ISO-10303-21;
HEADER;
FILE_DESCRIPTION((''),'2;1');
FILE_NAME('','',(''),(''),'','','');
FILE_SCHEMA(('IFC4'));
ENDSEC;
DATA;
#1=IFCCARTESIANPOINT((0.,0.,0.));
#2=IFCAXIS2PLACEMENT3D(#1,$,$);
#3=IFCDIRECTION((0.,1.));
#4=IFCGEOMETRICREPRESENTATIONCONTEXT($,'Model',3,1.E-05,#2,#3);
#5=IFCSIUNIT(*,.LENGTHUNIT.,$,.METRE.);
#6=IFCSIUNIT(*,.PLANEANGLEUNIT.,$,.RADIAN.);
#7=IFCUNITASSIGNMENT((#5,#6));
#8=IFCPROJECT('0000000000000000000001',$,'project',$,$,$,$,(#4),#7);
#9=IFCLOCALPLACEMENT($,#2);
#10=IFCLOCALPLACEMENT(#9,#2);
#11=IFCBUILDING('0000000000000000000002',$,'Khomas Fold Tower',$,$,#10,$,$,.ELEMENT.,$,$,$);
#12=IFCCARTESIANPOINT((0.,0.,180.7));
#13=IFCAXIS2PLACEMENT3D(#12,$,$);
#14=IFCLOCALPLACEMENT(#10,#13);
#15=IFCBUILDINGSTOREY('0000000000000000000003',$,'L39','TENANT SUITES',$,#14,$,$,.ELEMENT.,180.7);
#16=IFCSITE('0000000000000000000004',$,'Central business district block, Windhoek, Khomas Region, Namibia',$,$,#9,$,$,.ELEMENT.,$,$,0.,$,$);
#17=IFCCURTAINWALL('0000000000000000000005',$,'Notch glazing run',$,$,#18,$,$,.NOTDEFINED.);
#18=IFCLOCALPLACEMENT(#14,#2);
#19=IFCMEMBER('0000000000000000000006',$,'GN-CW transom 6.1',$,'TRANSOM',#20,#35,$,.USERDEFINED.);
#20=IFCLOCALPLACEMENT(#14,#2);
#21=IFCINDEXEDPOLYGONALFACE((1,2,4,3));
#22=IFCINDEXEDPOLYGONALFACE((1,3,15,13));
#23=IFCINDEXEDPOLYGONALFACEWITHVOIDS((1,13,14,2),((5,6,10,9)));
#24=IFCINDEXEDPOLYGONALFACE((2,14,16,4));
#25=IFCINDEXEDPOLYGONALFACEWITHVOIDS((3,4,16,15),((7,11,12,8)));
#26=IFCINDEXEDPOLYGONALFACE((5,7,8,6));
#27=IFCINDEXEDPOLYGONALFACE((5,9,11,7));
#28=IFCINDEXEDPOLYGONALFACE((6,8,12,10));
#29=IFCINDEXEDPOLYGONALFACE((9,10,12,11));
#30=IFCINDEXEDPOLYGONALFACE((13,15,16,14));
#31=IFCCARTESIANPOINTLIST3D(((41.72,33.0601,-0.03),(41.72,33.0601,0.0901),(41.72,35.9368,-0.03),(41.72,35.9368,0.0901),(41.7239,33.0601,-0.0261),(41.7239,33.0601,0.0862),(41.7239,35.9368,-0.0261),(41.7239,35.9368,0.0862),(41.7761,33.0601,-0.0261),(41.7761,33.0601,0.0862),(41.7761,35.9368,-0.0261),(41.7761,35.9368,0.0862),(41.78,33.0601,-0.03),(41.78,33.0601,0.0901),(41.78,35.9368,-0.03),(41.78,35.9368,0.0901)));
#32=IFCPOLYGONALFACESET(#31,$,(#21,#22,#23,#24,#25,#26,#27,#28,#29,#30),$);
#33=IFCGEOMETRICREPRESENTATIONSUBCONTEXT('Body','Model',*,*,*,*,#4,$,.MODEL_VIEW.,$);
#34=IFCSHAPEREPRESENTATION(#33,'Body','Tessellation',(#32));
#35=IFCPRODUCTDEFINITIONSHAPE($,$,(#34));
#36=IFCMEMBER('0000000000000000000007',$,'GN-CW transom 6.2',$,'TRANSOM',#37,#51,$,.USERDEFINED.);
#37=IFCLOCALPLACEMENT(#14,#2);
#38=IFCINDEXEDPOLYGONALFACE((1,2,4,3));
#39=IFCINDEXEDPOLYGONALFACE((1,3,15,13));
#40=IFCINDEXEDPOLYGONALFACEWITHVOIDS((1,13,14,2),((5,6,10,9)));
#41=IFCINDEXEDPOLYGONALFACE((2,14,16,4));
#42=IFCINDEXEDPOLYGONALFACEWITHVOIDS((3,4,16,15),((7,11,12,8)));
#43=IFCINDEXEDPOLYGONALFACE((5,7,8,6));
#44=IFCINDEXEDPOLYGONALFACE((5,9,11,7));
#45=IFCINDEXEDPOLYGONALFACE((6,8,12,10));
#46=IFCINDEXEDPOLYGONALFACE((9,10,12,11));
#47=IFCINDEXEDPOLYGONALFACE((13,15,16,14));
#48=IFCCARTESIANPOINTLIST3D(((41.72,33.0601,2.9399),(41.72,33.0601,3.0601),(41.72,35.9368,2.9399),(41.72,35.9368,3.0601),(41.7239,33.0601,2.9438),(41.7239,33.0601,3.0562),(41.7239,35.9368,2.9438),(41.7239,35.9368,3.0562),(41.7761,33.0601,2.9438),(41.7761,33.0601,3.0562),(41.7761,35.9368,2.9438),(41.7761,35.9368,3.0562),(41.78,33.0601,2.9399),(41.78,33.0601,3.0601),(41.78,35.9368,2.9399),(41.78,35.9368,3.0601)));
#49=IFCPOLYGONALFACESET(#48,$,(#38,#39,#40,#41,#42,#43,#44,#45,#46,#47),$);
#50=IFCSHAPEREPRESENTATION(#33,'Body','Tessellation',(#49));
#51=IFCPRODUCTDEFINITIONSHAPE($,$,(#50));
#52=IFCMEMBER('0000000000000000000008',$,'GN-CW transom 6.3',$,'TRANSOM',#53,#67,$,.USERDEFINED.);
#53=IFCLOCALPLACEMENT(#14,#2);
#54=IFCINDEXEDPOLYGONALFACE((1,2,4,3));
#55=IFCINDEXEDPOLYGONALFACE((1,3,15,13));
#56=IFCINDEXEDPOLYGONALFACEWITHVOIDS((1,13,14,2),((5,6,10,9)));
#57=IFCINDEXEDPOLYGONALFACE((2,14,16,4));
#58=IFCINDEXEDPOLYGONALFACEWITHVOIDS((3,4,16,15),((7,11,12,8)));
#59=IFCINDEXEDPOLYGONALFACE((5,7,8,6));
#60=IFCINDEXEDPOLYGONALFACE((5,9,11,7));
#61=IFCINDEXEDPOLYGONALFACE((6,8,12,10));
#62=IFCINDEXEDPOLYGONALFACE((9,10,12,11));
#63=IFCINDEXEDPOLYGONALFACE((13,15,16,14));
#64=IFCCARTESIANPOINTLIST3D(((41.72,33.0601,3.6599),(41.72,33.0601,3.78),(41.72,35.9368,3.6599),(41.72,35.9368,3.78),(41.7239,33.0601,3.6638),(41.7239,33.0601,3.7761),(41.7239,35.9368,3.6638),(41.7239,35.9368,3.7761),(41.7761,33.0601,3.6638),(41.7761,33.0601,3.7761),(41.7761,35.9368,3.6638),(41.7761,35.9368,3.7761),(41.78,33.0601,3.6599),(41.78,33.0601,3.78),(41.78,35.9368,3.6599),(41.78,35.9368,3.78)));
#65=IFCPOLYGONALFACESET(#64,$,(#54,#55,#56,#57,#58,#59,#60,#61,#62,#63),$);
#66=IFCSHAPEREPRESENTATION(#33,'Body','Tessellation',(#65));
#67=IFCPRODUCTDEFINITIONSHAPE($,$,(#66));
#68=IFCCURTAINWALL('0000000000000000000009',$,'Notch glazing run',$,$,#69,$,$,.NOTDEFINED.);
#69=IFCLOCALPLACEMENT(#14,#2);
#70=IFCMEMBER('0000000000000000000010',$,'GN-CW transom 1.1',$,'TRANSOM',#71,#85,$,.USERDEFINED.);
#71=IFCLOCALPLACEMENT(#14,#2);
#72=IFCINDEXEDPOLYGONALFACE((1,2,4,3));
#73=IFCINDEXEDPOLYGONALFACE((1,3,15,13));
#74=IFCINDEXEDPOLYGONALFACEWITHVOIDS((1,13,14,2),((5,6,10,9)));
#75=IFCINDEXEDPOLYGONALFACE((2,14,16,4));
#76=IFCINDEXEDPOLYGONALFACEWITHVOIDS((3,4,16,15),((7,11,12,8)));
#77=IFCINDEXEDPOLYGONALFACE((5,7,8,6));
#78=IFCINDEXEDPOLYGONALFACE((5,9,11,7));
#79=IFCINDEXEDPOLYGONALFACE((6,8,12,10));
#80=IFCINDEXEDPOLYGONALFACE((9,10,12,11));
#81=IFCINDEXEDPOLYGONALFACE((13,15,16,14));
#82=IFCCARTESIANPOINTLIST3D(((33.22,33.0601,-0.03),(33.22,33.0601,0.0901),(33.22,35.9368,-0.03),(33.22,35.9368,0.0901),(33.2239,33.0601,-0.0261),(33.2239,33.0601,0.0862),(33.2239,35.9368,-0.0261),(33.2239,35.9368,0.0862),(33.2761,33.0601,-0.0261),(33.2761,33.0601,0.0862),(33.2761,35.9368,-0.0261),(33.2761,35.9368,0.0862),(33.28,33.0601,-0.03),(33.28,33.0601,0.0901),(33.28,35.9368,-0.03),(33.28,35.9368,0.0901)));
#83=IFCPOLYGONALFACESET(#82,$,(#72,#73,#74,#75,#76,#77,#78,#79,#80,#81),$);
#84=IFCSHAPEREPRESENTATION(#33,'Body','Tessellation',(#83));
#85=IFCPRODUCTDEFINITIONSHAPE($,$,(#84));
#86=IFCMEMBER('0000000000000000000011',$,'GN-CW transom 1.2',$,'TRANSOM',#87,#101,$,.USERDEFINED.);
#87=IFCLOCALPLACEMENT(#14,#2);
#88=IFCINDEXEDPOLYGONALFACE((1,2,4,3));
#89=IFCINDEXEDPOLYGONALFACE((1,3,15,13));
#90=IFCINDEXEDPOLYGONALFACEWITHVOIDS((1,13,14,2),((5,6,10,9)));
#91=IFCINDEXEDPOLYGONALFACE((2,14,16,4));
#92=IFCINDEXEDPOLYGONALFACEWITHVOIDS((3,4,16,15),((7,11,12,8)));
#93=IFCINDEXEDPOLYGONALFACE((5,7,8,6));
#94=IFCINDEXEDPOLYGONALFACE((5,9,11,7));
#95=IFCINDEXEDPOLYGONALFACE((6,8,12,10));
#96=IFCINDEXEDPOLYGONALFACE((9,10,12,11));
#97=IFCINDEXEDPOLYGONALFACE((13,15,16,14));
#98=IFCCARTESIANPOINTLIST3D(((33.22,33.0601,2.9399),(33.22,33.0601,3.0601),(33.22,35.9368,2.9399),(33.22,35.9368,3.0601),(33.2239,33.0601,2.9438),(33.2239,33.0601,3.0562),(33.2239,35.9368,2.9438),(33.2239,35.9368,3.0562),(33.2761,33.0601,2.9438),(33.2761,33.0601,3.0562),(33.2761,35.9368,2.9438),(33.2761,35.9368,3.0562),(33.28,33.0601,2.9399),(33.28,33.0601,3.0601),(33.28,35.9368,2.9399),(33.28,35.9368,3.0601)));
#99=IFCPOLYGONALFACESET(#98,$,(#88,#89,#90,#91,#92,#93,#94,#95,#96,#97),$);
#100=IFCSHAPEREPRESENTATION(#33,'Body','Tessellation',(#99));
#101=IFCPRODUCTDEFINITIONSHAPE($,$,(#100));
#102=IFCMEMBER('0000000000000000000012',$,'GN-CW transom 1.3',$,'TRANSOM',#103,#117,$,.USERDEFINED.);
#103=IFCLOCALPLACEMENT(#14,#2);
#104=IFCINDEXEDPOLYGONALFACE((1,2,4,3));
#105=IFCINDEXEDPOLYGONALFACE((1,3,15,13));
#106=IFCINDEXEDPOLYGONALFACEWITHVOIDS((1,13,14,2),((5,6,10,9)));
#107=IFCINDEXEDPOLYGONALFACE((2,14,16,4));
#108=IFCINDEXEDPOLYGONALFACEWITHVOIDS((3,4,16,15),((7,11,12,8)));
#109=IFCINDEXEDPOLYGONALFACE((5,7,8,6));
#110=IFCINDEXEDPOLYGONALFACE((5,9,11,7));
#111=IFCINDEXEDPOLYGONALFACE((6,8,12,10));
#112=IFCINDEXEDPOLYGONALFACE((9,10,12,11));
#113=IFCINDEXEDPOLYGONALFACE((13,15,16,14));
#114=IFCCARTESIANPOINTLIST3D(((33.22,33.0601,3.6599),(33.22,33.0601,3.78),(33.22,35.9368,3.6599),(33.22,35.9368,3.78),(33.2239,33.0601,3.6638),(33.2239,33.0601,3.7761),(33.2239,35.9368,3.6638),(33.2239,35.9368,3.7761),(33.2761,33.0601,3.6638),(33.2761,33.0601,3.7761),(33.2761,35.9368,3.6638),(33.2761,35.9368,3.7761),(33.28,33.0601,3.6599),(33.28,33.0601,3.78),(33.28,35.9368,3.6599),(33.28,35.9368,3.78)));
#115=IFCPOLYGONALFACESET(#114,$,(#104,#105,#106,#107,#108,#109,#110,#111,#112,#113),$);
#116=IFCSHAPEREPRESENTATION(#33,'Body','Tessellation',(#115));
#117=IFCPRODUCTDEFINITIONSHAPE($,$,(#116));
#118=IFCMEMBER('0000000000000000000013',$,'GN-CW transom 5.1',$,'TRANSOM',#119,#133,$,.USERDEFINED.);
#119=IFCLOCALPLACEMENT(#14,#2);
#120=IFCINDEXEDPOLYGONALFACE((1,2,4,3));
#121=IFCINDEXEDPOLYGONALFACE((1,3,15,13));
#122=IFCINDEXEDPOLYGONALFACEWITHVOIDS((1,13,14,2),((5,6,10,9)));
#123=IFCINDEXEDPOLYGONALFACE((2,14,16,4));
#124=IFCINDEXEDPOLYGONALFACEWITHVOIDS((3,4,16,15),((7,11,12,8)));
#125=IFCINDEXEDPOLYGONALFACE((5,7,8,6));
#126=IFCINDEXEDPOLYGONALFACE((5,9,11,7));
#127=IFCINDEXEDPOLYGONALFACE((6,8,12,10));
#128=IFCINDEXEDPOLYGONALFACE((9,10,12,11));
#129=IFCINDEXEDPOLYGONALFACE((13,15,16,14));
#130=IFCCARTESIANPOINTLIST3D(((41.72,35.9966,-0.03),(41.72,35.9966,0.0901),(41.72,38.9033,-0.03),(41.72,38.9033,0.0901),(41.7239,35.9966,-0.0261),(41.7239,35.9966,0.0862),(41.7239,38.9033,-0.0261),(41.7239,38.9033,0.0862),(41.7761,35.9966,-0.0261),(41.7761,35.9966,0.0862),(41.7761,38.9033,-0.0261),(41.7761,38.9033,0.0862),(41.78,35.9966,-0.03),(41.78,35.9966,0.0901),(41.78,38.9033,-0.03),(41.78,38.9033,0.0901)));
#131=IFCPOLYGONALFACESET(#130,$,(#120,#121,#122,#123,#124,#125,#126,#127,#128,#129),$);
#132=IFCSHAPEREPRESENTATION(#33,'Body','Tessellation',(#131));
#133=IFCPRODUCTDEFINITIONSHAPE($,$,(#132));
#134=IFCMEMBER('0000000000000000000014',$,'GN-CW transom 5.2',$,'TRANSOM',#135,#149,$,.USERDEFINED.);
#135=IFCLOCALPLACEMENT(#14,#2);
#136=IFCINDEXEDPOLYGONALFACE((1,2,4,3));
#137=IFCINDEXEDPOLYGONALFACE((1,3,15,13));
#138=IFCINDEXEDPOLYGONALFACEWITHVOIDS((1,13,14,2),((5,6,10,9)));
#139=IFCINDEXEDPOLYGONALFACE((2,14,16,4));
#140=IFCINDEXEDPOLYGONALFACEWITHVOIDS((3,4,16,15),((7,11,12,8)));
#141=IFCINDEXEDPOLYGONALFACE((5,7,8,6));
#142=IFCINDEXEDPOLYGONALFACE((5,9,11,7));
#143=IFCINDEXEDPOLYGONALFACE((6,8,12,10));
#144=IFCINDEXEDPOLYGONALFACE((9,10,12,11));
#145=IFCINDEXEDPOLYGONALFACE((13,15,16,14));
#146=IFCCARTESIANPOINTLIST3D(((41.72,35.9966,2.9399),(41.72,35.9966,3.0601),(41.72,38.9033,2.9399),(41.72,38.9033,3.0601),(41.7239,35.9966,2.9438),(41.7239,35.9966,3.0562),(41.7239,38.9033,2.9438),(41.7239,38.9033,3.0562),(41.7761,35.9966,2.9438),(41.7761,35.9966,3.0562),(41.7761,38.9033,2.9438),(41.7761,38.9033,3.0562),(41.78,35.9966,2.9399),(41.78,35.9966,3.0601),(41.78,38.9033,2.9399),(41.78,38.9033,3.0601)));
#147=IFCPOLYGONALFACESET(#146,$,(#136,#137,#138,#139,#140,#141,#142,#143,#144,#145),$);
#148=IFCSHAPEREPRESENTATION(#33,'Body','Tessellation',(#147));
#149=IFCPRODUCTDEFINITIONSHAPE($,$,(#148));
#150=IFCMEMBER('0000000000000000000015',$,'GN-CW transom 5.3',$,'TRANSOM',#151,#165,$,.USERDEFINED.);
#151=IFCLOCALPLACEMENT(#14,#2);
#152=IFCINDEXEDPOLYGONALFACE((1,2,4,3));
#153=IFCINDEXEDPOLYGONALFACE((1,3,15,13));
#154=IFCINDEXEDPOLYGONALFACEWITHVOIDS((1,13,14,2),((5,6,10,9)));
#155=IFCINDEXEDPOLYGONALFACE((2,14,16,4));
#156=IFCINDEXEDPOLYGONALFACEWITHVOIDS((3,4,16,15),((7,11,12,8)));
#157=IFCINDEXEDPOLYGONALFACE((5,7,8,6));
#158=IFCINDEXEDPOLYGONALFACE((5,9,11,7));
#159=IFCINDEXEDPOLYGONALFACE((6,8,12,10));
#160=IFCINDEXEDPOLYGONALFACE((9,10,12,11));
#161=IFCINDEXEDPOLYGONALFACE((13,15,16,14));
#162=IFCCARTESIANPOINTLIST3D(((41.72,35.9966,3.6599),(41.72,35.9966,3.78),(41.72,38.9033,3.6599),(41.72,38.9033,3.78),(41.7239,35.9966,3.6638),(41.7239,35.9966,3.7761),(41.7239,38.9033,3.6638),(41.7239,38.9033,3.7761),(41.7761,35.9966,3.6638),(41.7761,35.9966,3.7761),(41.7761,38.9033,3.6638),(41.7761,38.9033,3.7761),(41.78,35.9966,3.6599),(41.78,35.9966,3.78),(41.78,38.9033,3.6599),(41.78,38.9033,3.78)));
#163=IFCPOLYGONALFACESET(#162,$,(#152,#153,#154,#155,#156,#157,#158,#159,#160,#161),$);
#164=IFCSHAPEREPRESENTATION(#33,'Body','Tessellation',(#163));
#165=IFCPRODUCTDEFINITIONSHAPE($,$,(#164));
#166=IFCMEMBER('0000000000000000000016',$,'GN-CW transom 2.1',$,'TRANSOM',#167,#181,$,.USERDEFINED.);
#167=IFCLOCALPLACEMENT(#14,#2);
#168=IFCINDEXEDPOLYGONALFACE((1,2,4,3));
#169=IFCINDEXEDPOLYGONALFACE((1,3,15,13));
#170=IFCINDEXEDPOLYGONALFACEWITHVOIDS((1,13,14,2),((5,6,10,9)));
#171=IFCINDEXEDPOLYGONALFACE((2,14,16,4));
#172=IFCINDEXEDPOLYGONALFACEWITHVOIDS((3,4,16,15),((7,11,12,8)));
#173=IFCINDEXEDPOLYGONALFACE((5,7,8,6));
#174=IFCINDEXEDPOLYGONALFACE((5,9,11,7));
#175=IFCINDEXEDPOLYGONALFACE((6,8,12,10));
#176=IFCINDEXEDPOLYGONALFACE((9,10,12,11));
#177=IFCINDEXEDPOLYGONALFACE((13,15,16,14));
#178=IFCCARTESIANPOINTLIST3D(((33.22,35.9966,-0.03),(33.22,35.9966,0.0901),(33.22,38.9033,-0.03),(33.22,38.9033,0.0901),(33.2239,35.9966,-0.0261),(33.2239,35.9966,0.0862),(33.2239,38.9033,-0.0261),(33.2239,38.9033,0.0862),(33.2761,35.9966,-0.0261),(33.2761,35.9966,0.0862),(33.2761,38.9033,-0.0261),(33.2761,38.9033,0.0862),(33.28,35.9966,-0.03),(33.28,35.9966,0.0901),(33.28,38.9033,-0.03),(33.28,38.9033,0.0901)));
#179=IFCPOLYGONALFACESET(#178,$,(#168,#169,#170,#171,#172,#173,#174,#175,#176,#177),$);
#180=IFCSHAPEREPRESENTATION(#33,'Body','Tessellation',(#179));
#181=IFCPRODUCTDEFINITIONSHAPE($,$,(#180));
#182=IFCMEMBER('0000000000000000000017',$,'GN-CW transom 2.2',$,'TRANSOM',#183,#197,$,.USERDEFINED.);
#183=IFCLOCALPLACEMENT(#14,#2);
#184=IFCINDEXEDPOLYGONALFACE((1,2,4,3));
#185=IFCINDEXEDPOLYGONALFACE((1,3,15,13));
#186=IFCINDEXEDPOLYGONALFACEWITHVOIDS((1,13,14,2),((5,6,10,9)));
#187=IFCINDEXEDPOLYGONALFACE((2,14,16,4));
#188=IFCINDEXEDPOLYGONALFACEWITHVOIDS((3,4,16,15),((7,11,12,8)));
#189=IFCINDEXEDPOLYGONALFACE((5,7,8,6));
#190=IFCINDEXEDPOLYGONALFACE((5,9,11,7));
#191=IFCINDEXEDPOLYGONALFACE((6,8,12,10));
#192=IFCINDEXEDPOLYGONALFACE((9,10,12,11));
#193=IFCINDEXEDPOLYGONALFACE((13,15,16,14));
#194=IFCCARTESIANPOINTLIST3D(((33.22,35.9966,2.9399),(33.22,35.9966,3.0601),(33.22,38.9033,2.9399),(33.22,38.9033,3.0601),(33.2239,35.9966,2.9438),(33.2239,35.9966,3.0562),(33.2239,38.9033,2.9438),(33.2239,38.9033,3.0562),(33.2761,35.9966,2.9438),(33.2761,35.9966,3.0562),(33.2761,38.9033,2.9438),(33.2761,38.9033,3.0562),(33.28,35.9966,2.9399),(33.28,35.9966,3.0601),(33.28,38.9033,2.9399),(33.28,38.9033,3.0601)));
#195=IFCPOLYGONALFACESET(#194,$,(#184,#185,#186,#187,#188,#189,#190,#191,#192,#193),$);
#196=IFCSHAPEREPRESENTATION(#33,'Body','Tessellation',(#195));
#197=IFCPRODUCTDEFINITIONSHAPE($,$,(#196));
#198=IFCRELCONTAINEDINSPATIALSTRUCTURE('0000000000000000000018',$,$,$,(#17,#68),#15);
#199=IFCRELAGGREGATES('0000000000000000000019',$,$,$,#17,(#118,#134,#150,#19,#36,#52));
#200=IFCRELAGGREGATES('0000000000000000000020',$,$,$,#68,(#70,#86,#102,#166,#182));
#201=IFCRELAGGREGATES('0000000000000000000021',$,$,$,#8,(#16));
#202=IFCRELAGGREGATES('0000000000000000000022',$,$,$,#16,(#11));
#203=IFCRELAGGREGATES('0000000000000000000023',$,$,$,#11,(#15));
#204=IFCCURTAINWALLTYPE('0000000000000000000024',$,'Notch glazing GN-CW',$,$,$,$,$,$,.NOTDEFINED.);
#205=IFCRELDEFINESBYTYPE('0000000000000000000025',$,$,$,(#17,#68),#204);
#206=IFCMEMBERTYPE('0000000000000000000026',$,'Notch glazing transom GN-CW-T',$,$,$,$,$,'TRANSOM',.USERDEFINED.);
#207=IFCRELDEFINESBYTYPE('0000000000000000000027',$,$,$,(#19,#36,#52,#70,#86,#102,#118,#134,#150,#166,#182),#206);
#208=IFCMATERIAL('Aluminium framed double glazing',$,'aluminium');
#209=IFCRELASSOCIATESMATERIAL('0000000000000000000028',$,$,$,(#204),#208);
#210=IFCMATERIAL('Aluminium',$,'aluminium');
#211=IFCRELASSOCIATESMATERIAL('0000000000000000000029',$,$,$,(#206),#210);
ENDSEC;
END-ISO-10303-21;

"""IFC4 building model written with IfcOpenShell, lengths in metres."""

from ifc_helpers import new_model, si_unit, direction, frame, origin, origin_2d, place, context, subcontext, project, spatial, hollow_rectangle, extrude, source, transform, mapped, material, material_profile, profile_set, type_object, element, aggregate, save


model = new_model("IFC4")

# Units and contexts
model_context = context("Model", 3, precision=1e-05, world=origin(), true_north=direction((0.0, 1.0)))
body_context = subcontext(model_context, "Body", "Model", "MODEL_VIEW")
ifc_project = project(units=[si_unit("LENGTHUNIT", "METRE"), si_unit("PLANEANGLEUNIT", "RADIAN")], contexts=[model_context])

# Site, building, storey
site_placement = place(None, origin())
site = spatial("IfcSite", under=ifc_project, at=site_placement, Name="Central business district block, Windhoek, Khomas Region, Namibia", CompositionType="ELEMENT", RefElevation=0.0)
building_placement = place(site_placement, origin())
building = spatial("IfcBuilding", under=site, at=building_placement, Name="Khomas Fold Tower", CompositionType="ELEMENT")
storey_placement = place(building_placement, frame((0.0, 0.0, 180.7)))
storey = spatial("IfcBuildingStorey", under=building, at=storey_placement, Name="L39", Description="TENANT SUITES", CompositionType="ELEMENT", Elevation=180.7)

# Curtain walls, members
ifc_material_1 = material(Name="Aluminium framed double glazing", Category="aluminium")
curtain_wall_type = type_object("IfcCurtainWallType", Name="Notch glazing GN-CW", PredefinedType="NOTDEFINED", material=ifc_material_1)
curtain_wall_1_placement = place(storey_placement, origin())
curtain_wall_1 = element("IfcCurtainWall", 1, at=curtain_wall_1_placement, inside=storey, type_object=curtain_wall_type, Name="Notch glazing run", PredefinedType="NOTDEFINED")
ifc_material_2 = material(Name="Aluminium", Category="aluminium")
ifc_material_profile_1 = material_profile(ifc_material_2, hollow_rectangle(XDim=0.0601, YDim=0.1201, WallThickness=0.0039, at=origin_2d()), Name="Notch glazing transom GN-CW-T")
ifc_profile_set_1 = profile_set([ifc_material_profile_1], Name="Aluminium")
member_type_1 = type_object("IfcMemberType", Name="Notch glazing transom GN-CW-T", ElementType="TRANSOM", PredefinedType="USERDEFINED", material=ifc_profile_set_1)
shared_shape_1 = source(origin(), body_context, "Body", "SweptSolid", [
    extrude(hollow_rectangle(XDim=0.0601, YDim=0.1201, WallThickness=0.0039, at=origin_2d()), origin(), (0.0, 0.0, 1.0), 2.8767),
])
member_1_placement = place(storey_placement, frame((41.75, 35.9368, 0.03), z_axis=(0.0, -1.0, 0.0), x_axis=(1.0, 0.0, 0.0)))
member_1 = element("IfcMember", 2, at=member_1_placement, type_object=member_type_1, Name="GN-CW transom 6.1", ObjectType="TRANSOM", PredefinedType="USERDEFINED", context=body_context, shape_type="MappedRepresentation", body=[
    mapped(shared_shape_1, transform((0.0, 0.0, 0.0))),
])
member_2_placement = place(storey_placement, frame((41.75, 35.9368, 3.0), z_axis=(0.0, -1.0, 0.0), x_axis=(1.0, 0.0, 0.0)))
member_2 = element("IfcMember", 3, at=member_2_placement, type_object=member_type_1, Name="GN-CW transom 6.2", ObjectType="TRANSOM", PredefinedType="USERDEFINED", context=body_context, shape_type="MappedRepresentation", body=[
    mapped(shared_shape_1, transform((0.0, 0.0, 0.0))),
])
member_3_placement = place(storey_placement, frame((41.75, 35.9368, 3.72), z_axis=(0.0, -1.0, 0.0), x_axis=(1.0, 0.0, 0.0)))
member_3 = element("IfcMember", 4, at=member_3_placement, type_object=member_type_1, Name="GN-CW transom 6.3", ObjectType="TRANSOM", PredefinedType="USERDEFINED", context=body_context, shape_type="MappedRepresentation", body=[
    mapped(shared_shape_1, transform((0.0, 0.0, 0.0))),
])
curtain_wall_2_placement = place(storey_placement, origin())
curtain_wall_2 = element("IfcCurtainWall", 5, at=curtain_wall_2_placement, inside=storey, type_object=curtain_wall_type, Name="Notch glazing run", PredefinedType="NOTDEFINED")
member_4_placement = place(storey_placement, frame((33.25, 33.0601, 0.03), z_axis=(0.0, 1.0, 0.0), x_axis=(-1.0, 0.0, 0.0)))
member_4 = element("IfcMember", 6, at=member_4_placement, type_object=member_type_1, Name="GN-CW transom 1.1", ObjectType="TRANSOM", PredefinedType="USERDEFINED", context=body_context, shape_type="MappedRepresentation", body=[
    mapped(shared_shape_1, transform((0.0, 0.0, 0.0))),
])
member_5_placement = place(storey_placement, frame((33.25, 33.0601, 3.0), z_axis=(0.0, 1.0, 0.0), x_axis=(-1.0, 0.0, 0.0)))
member_5 = element("IfcMember", 7, at=member_5_placement, type_object=member_type_1, Name="GN-CW transom 1.2", ObjectType="TRANSOM", PredefinedType="USERDEFINED", context=body_context, shape_type="MappedRepresentation", body=[
    mapped(shared_shape_1, transform((0.0, 0.0, 0.0))),
])
member_6_placement = place(storey_placement, frame((33.25, 33.0601, 3.72), z_axis=(0.0, 1.0, 0.0), x_axis=(-1.0, 0.0, 0.0)))
member_6 = element("IfcMember", 8, at=member_6_placement, type_object=member_type_1, Name="GN-CW transom 1.3", ObjectType="TRANSOM", PredefinedType="USERDEFINED", context=body_context, shape_type="MappedRepresentation", body=[
    mapped(shared_shape_1, transform((0.0, 0.0, 0.0))),
])

# Members
shared_shape_2 = source(origin(), body_context, "Body", "SweptSolid", [
    extrude(hollow_rectangle(XDim=0.0601, YDim=0.1201, WallThickness=0.0039, at=origin_2d()), origin(), (0.0, 0.0, 1.0), 2.9067),
])
member_7_placement = place(storey_placement, frame((41.75, 38.9033, 0.03), z_axis=(0.0, -1.0, 0.0), x_axis=(1.0, 0.0, 0.0)))
member_7 = element("IfcMember", 9, at=member_7_placement, type_object=member_type_1, Name="GN-CW transom 5.1", ObjectType="TRANSOM", PredefinedType="USERDEFINED", context=body_context, shape_type="MappedRepresentation", body=[
    mapped(shared_shape_2, transform((0.0, 0.0, 0.0))),
])
member_8_placement = place(storey_placement, frame((41.75, 38.9033, 3.0), z_axis=(0.0, -1.0, 0.0), x_axis=(1.0, 0.0, 0.0)))
member_8 = element("IfcMember", 10, at=member_8_placement, type_object=member_type_1, Name="GN-CW transom 5.2", ObjectType="TRANSOM", PredefinedType="USERDEFINED", context=body_context, shape_type="MappedRepresentation", body=[
    mapped(shared_shape_2, transform((0.0, 0.0, 0.0))),
])
member_9_placement = place(storey_placement, frame((41.75, 38.9033, 3.72), z_axis=(0.0, -1.0, 0.0), x_axis=(1.0, 0.0, 0.0)))
member_9 = element("IfcMember", 11, at=member_9_placement, type_object=member_type_1, Name="GN-CW transom 5.3", ObjectType="TRANSOM", PredefinedType="USERDEFINED", context=body_context, shape_type="MappedRepresentation", body=[
    mapped(shared_shape_2, transform((0.0, 0.0, 0.0))),
])
member_10_placement = place(storey_placement, frame((33.25, 35.9966, 0.03), z_axis=(0.0, 1.0, 0.0), x_axis=(-1.0, 0.0, 0.0)))
member_10 = element("IfcMember", 12, at=member_10_placement, type_object=member_type_1, Name="GN-CW transom 2.1", ObjectType="TRANSOM", PredefinedType="USERDEFINED", context=body_context, shape_type="MappedRepresentation", body=[
    mapped(shared_shape_2, transform((0.0, 0.0, 0.0))),
])
member_11_placement = place(storey_placement, frame((33.25, 35.9966, 3.0), z_axis=(0.0, 1.0, 0.0), x_axis=(-1.0, 0.0, 0.0)))
member_11 = element("IfcMember", 13, at=member_11_placement, type_object=member_type_1, Name="GN-CW transom 2.2", ObjectType="TRANSOM", PredefinedType="USERDEFINED", context=body_context, shape_type="MappedRepresentation", body=[
    mapped(shared_shape_2, transform((0.0, 0.0, 0.0))),
])

aggregate(curtain_wall_1, [member_7, member_8, member_9, member_1, member_2, member_3])
aggregate(curtain_wall_2, [member_4, member_5, member_6, member_10, member_11])

save(model, "model.ifc")
